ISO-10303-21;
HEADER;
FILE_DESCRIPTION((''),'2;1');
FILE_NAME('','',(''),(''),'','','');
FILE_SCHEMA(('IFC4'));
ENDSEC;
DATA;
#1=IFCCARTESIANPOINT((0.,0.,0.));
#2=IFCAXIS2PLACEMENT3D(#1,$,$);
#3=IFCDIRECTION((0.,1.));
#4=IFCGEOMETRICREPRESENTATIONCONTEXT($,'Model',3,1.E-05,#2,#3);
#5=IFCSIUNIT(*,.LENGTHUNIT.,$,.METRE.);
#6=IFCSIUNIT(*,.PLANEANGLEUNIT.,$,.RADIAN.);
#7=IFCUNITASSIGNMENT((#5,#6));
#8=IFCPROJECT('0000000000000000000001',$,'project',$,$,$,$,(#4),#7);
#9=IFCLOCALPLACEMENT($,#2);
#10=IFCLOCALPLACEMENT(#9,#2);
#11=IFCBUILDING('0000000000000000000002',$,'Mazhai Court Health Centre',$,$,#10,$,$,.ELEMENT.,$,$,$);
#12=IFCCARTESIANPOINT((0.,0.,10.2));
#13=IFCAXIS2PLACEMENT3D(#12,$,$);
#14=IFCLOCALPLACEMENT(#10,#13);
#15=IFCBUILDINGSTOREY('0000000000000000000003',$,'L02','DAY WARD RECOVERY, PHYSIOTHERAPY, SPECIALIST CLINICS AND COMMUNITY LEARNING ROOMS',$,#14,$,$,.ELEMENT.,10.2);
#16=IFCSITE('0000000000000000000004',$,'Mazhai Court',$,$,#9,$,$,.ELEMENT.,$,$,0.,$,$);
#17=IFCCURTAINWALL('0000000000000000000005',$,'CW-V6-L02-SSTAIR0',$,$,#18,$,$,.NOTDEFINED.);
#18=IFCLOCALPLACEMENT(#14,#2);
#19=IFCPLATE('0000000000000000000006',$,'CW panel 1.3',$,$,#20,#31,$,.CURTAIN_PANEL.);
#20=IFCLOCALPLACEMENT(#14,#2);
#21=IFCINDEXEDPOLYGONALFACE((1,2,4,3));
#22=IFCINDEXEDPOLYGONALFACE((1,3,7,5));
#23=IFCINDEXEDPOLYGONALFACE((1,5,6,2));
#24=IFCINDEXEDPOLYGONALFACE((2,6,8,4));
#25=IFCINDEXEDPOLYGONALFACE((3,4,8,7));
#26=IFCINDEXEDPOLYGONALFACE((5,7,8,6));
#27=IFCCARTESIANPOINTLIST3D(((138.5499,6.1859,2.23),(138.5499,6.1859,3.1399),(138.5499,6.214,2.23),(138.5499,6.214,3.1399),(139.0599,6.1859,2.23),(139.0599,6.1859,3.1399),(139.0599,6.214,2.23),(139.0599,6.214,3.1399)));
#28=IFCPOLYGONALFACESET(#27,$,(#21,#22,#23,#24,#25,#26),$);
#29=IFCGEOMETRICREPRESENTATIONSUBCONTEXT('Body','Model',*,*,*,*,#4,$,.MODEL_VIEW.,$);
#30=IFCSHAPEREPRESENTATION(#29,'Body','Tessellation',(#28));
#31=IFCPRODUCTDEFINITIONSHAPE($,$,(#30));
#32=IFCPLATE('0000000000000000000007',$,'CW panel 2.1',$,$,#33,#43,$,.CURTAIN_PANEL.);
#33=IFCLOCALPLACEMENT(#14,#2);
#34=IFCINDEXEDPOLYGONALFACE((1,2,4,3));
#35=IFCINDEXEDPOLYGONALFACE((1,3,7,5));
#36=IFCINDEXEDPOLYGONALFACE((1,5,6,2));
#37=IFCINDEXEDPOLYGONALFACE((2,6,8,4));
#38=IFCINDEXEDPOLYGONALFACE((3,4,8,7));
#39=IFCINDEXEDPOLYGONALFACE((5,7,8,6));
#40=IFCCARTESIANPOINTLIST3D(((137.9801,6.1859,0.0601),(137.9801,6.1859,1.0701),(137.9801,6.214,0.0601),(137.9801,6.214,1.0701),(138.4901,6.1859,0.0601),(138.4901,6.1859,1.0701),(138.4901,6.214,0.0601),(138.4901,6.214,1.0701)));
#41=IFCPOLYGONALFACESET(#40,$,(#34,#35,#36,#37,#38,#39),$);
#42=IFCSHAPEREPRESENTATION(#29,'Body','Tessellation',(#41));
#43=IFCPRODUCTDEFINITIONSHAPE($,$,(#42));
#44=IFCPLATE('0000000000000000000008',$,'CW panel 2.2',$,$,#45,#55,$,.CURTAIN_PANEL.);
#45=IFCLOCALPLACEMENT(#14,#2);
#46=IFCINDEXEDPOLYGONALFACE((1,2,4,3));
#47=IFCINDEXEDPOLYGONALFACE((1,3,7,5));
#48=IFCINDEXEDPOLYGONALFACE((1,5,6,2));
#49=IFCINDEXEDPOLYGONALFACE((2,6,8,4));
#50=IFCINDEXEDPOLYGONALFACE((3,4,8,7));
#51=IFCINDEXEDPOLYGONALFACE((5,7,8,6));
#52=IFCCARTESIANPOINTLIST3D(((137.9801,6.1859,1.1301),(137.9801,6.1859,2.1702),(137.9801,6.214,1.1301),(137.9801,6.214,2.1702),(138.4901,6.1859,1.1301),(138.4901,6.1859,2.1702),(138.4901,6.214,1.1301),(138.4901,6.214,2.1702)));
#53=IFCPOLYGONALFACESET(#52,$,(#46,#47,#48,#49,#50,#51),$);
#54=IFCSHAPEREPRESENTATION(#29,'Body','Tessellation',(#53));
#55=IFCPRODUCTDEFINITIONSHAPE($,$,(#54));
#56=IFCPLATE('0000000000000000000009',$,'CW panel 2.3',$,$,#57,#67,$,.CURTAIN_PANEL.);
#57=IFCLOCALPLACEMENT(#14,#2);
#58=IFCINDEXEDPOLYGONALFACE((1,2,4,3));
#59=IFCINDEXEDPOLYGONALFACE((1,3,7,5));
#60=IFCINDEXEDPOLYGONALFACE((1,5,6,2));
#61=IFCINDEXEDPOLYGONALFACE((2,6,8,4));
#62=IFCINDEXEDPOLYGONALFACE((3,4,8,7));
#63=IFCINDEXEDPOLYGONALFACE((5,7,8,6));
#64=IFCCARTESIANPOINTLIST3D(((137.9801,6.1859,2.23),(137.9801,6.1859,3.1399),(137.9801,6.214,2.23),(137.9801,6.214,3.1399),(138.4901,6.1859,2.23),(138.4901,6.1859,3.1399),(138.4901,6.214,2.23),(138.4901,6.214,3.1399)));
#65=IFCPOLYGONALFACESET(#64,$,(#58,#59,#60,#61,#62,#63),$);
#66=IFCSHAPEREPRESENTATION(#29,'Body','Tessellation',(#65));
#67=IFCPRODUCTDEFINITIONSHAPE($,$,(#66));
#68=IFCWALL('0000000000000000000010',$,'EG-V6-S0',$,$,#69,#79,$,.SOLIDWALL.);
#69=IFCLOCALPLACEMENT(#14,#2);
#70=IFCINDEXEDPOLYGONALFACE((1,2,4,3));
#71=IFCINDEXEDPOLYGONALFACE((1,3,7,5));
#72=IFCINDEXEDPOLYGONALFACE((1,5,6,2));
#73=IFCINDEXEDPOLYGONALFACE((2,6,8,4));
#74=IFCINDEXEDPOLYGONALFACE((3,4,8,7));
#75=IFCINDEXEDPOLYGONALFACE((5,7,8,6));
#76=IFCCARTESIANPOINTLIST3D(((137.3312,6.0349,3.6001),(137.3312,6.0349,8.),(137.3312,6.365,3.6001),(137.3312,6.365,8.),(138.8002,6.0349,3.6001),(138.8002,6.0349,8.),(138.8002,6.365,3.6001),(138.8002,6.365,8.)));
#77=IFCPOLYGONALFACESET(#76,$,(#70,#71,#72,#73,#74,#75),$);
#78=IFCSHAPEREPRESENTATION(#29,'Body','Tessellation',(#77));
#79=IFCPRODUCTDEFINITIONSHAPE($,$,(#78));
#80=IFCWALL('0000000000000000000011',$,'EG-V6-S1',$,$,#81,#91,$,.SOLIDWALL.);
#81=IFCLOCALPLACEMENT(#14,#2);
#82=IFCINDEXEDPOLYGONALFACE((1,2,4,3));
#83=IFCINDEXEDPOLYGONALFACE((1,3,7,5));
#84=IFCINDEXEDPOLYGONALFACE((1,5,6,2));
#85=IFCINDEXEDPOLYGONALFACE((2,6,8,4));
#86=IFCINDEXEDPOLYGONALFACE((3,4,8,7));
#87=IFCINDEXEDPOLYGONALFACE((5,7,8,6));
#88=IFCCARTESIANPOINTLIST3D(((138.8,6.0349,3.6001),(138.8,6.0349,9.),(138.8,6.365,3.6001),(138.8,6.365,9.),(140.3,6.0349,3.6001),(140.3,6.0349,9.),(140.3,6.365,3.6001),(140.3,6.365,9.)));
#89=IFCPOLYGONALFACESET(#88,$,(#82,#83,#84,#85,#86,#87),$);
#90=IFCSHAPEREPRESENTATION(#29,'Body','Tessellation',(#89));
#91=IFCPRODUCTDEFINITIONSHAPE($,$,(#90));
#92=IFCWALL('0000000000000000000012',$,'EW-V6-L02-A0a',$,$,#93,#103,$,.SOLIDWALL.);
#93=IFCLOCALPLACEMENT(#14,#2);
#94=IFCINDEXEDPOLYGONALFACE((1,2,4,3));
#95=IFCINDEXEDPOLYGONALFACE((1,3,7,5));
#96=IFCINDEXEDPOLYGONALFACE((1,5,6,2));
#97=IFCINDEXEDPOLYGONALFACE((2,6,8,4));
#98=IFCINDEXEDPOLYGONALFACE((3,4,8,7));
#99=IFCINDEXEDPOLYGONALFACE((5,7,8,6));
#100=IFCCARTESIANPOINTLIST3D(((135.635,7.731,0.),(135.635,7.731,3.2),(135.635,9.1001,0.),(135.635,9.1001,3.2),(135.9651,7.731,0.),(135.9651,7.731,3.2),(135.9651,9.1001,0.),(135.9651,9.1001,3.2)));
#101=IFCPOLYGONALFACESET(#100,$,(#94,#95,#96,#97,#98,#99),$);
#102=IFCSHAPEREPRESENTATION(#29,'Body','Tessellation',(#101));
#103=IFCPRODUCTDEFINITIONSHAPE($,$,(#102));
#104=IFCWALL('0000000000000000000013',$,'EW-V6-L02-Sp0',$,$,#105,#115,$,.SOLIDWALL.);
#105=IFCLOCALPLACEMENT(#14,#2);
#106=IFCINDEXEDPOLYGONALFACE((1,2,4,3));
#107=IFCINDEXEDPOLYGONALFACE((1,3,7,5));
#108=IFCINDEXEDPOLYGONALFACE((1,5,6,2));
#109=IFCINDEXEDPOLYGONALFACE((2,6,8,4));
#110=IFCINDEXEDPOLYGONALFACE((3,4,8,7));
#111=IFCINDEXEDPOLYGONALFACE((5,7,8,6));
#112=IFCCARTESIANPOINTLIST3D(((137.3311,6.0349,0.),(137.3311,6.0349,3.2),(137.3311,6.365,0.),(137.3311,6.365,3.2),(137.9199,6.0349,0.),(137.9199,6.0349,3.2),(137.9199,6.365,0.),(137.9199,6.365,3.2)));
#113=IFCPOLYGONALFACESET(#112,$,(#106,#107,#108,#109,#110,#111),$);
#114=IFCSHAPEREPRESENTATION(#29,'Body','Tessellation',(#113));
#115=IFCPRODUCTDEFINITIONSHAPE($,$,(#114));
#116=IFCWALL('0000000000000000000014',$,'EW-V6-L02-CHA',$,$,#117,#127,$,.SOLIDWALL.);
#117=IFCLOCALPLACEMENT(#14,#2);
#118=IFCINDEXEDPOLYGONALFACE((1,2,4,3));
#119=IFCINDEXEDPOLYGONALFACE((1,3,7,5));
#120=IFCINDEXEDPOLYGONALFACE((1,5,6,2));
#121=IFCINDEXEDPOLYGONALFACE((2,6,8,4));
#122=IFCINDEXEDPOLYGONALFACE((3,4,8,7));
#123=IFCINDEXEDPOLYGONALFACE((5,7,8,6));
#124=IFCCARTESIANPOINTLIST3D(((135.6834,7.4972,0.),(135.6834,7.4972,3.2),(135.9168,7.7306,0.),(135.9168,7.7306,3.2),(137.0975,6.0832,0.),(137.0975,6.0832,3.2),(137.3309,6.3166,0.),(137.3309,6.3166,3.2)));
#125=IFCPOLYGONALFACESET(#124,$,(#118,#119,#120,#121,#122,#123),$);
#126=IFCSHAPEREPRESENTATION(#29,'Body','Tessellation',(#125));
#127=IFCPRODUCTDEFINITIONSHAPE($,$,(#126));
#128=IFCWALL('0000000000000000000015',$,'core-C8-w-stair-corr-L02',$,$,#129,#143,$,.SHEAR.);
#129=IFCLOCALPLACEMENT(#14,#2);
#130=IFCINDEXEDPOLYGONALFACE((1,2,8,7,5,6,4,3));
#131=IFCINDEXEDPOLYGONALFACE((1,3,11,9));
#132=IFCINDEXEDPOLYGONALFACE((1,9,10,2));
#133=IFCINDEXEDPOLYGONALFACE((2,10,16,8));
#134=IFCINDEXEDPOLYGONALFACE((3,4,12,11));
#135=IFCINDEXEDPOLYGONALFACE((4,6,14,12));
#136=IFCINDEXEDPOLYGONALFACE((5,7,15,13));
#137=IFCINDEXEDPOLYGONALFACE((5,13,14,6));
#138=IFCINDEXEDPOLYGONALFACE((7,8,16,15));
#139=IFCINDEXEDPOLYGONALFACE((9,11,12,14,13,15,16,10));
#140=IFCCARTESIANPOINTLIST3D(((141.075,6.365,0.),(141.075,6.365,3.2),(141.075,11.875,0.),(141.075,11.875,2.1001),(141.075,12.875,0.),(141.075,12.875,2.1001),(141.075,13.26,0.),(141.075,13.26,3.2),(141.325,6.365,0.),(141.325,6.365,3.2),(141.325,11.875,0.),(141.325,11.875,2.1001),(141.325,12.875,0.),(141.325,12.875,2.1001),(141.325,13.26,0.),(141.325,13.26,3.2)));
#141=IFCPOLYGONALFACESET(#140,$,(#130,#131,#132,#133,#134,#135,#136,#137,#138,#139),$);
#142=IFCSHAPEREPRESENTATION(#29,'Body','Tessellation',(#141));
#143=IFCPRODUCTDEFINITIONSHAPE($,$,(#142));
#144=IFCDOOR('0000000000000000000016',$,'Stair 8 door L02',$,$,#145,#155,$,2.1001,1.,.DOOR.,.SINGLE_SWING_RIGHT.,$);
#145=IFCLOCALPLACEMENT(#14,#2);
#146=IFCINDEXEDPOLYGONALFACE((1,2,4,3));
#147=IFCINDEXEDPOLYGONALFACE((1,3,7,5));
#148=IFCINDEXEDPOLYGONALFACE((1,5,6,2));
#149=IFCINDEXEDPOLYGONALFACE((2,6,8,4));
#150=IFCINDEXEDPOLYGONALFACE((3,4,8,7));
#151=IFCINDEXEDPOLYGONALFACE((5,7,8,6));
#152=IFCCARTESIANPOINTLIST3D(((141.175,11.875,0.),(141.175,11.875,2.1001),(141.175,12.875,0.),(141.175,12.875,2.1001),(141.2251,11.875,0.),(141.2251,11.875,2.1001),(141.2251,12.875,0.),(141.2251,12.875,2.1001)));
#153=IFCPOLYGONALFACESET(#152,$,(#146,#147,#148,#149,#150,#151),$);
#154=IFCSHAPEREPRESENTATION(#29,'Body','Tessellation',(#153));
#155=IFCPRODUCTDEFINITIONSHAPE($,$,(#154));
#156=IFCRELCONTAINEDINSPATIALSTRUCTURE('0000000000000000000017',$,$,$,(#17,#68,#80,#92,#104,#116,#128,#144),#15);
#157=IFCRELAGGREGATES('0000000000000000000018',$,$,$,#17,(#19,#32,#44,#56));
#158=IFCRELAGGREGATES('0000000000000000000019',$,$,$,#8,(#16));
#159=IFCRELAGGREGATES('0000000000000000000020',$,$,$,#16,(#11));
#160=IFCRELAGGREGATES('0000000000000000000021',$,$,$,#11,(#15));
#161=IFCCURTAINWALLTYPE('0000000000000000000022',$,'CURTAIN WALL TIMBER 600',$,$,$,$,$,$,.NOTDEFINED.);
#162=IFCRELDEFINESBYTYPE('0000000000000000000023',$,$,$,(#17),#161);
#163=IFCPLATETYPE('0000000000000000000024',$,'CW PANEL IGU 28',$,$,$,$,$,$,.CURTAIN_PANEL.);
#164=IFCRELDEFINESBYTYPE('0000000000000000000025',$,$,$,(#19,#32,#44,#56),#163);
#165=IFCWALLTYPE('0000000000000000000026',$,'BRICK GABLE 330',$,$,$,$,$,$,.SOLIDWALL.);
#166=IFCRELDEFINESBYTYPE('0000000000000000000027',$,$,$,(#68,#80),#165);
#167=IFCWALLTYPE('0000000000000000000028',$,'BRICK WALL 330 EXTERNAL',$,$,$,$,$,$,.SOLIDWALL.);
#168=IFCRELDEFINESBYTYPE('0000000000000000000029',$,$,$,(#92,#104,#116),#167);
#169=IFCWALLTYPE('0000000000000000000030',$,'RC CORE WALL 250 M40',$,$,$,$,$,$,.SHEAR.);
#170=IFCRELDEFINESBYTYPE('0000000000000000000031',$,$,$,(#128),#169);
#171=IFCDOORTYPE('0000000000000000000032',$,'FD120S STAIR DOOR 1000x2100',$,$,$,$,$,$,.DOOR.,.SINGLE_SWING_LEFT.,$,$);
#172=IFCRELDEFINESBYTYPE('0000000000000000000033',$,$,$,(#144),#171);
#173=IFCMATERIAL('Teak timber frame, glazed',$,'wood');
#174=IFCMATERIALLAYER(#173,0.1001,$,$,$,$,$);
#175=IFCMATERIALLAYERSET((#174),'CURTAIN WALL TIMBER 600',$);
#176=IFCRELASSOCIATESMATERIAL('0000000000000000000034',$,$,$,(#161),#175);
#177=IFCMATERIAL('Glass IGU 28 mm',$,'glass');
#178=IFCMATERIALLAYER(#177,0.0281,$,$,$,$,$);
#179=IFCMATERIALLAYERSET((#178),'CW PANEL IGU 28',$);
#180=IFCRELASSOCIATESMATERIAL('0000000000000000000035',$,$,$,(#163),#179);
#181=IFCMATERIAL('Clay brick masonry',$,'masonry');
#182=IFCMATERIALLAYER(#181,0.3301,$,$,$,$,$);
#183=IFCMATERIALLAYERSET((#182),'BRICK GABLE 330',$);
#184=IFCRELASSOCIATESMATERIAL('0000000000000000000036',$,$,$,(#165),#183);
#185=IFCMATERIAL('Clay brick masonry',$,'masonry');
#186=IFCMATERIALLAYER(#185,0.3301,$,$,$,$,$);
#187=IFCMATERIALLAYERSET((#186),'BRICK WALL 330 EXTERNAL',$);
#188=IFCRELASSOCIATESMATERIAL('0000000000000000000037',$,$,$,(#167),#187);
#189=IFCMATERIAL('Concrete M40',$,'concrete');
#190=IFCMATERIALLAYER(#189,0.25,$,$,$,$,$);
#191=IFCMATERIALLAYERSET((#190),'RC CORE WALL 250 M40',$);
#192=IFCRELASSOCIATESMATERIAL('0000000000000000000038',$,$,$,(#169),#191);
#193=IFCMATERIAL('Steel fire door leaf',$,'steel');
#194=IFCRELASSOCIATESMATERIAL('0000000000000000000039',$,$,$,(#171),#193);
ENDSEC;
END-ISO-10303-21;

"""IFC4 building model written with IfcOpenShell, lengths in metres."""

from ifc_helpers import new_model, si_unit, direction, frame, frame_2d, origin, origin_2d, place, context, subcontext, project, spatial, rectangle, extrude, material, layer, layer_set, type_object, element, fill, aggregate, save


model = new_model("IFC4")

# Units and contexts
model_context = context("Model", 3, precision=1e-05, world=origin(), true_north=direction((0.0, 1.0)))
body_context = subcontext(model_context, "Body", "Model", "MODEL_VIEW")
ifc_project = project(units=[si_unit("LENGTHUNIT", "METRE"), si_unit("PLANEANGLEUNIT", "RADIAN")], contexts=[model_context])

# Site, building, storey
site_placement = place(None, origin())
site = spatial("IfcSite", under=ifc_project, at=site_placement, Name="Mazhai Court", CompositionType="ELEMENT", RefElevation=0.0)
building_placement = place(site_placement, origin())
building = spatial("IfcBuilding", under=site, at=building_placement, Name="Mazhai Court Health Centre", CompositionType="ELEMENT")
storey_placement = place(building_placement, frame((0.0, 0.0, 10.2)))
storey = spatial("IfcBuildingStorey", under=building, at=storey_placement, Name="L02", Description="DAY WARD RECOVERY, PHYSIOTHERAPY, SPECIALIST CLINICS AND COMMUNITY LEARNING ROOMS", CompositionType="ELEMENT", Elevation=10.2)

# Shared definitions
ifc_material_1 = material(Name="Teak timber frame, glazed", Category="wood")
ifc_layer_1 = layer(ifc_material_1, 0.1001)
ifc_layer_set_1 = layer_set([ifc_layer_1], Name="CURTAIN WALL TIMBER 600")
curtain_wall_type = type_object("IfcCurtainWallType", Name="CURTAIN WALL TIMBER 600", PredefinedType="NOTDEFINED", material=ifc_layer_set_1)

# Curtain wall, plates
curtain_wall_1_placement = place(storey_placement, origin())
curtain_wall_1 = element("IfcCurtainWall", 1, at=curtain_wall_1_placement, inside=storey, type_object=curtain_wall_type, Name="CW-V6-L02-SSTAIR0", PredefinedType="NOTDEFINED")
ifc_material_2 = material(Name="Glass IGU 28 mm", Category="glass")
ifc_layer_2 = layer(ifc_material_2, 0.0281)
ifc_layer_set_2 = layer_set([ifc_layer_2], Name="CW PANEL IGU 28")
plate_type = type_object("IfcPlateType", Name="CW PANEL IGU 28", PredefinedType="CURTAIN_PANEL", material=ifc_layer_set_2)
plate_1_placement = place(storey_placement, frame((138.8049, 6.2, 2.23), z_axis=(0.0, 0.0, 1.0), x_axis=(-1.0, 0.0, 0.0)))
plate_1 = element("IfcPlate", 2, at=plate_1_placement, type_object=plate_type, Name="CW panel 1.3", PredefinedType="CURTAIN_PANEL", context=body_context, shape_type="SweptSolid", body=[
    extrude(rectangle(XDim=0.51, YDim=0.0281, at=origin_2d()), origin(), (0.0, 0.0, 1.0), 0.9099),
])
plate_2_placement = place(storey_placement, frame((138.2351, 6.2, 0.0601), z_axis=(0.0, 0.0, 1.0), x_axis=(-1.0, 0.0, 0.0)))
plate_2 = element("IfcPlate", 3, at=plate_2_placement, type_object=plate_type, Name="CW panel 2.1", PredefinedType="CURTAIN_PANEL", context=body_context, shape_type="SweptSolid", body=[
    extrude(rectangle(XDim=0.51, YDim=0.0281, at=origin_2d()), origin(), (0.0, 0.0, 1.0), 1.01),
])
plate_3_placement = place(storey_placement, frame((138.2351, 6.2, 1.1301), z_axis=(0.0, 0.0, 1.0), x_axis=(-1.0, 0.0, 0.0)))
plate_3 = element("IfcPlate", 4, at=plate_3_placement, type_object=plate_type, Name="CW panel 2.2", PredefinedType="CURTAIN_PANEL", context=body_context, shape_type="SweptSolid", body=[
    extrude(rectangle(XDim=0.51, YDim=0.0281, at=origin_2d()), origin(), (0.0, 0.0, 1.0), 1.04),
])
plate_4_placement = place(storey_placement, frame((138.2351, 6.2, 2.23), z_axis=(0.0, 0.0, 1.0), x_axis=(-1.0, 0.0, 0.0)))
plate_4 = element("IfcPlate", 5, at=plate_4_placement, type_object=plate_type, Name="CW panel 2.3", PredefinedType="CURTAIN_PANEL", context=body_context, shape_type="SweptSolid", body=[
    extrude(rectangle(XDim=0.51, YDim=0.0281, at=origin_2d()), origin(), (0.0, 0.0, 1.0), 0.9099),
])
aggregate(curtain_wall_1, [plate_1, plate_2, plate_3, plate_4])

# Walls
ifc_material_3 = material(Name="Clay brick masonry", Category="masonry")
ifc_layer_3 = layer(ifc_material_3, 0.3301)
ifc_layer_set_3 = layer_set([ifc_layer_3], Name="BRICK GABLE 330")
wall_type_1 = type_object("IfcWallType", Name="BRICK GABLE 330", PredefinedType="SOLIDWALL", material=ifc_layer_set_3)
wall_1_placement = place(storey_placement, frame((138.8, 6.2, 3.6001), z_axis=(0.0, 0.0, 1.0), x_axis=(-1.0, 0.0, 0.0)))
element("IfcWall", 6, at=wall_1_placement, inside=storey, type_object=wall_type_1, Name="EG-V6-S0", PredefinedType="SOLIDWALL", context=body_context, shape_type="SweptSolid", body=[
    extrude(rectangle(XDim=1.469, YDim=0.3301, at=frame_2d((0.7344, 0.0))), origin(), (0.0, 0.0, 1.0), 4.3999),
])
wall_2_placement = place(storey_placement, frame((140.3, 6.2, 3.6001), z_axis=(0.0, 0.0, 1.0), x_axis=(-1.0, 0.0, 0.0)))
element("IfcWall", 7, at=wall_2_placement, inside=storey, type_object=wall_type_1, Name="EG-V6-S1", PredefinedType="SOLIDWALL", context=body_context, shape_type="SweptSolid", body=[
    extrude(rectangle(XDim=1.5, YDim=0.3301, at=frame_2d((0.75, 0.0))), origin(), (0.0, 0.0, 1.0), 5.3999),
])
ifc_material_4 = material(Name="Clay brick masonry", Category="masonry")
ifc_layer_4 = layer(ifc_material_4, 0.3301)
ifc_layer_set_4 = layer_set([ifc_layer_4], Name="BRICK WALL 330 EXTERNAL")
wall_type_2 = type_object("IfcWallType", Name="BRICK WALL 330 EXTERNAL", PredefinedType="SOLIDWALL", material=ifc_layer_set_4)
wall_3_placement = place(storey_placement, frame((135.8, 7.731, 0.0), z_axis=(0.0, 0.0, 1.0), x_axis=(0.0, 1.0, 0.0)))
element("IfcWall", 8, at=wall_3_placement, inside=storey, type_object=wall_type_2, Name="EW-V6-L02-A0a", PredefinedType="SOLIDWALL", context=body_context, shape_type="SweptSolid", body=[
    extrude(rectangle(XDim=1.3691, YDim=0.3301, at=frame_2d((0.6846, 0.0))), origin(), (0.0, 0.0, 1.0), 3.2),
])
wall_4_placement = place(storey_placement, frame((137.9199, 6.2, 0.0), z_axis=(0.0, 0.0, 1.0), x_axis=(-1.0, 0.0, 0.0)))
element("IfcWall", 9, at=wall_4_placement, inside=storey, type_object=wall_type_2, Name="EW-V6-L02-Sp0", PredefinedType="SOLIDWALL", context=body_context, shape_type="SweptSolid", body=[
    extrude(rectangle(XDim=0.5889, YDim=0.3301, at=frame_2d((0.2944, 0.0))), origin(), (0.0, 0.0, 1.0), 3.2),
])
wall_5_placement = place(storey_placement, frame((135.8, 7.614, 0.0), z_axis=(0.0, 0.0, 1.0), x_axis=(0.707107, -0.707107, 0.0)))
element("IfcWall", 10, at=wall_5_placement, inside=storey, type_object=wall_type_2, Name="EW-V6-L02-CHA", PredefinedType="SOLIDWALL", context=body_context, shape_type="SweptSolid", body=[
    extrude(rectangle(XDim=1.9998, YDim=0.3301, at=frame_2d((1.0, 0.0))), origin(), (0.0, 0.0, 1.0), 3.2),
])

# Wall, opening, door
ifc_material_5 = material(Name="Concrete M40", Category="concrete")
ifc_layer_5 = layer(ifc_material_5, 0.25)
ifc_layer_set_5 = layer_set([ifc_layer_5], Name="RC CORE WALL 250 M40")
wall_type_3 = type_object("IfcWallType", Name="RC CORE WALL 250 M40", PredefinedType="SHEAR", material=ifc_layer_set_5)
wall_6_placement = place(storey_placement, frame((141.2, 6.365, 0.0), z_axis=(0.0, 0.0, 1.0), x_axis=(0.0, 1.0, 0.0)))
wall_6 = element("IfcWall", 11, at=wall_6_placement, inside=storey, type_object=wall_type_3, Name="core-C8-w-stair-corr-L02", PredefinedType="SHEAR", context=body_context, shape_type="SweptSolid", body=[
    extrude(rectangle(XDim=6.895, YDim=0.25, at=frame_2d((3.4475, 0.0))), origin(), (0.0, 0.0, 1.0), 3.2),
])
opening_placement = place(wall_6_placement, frame((5.51, 0.0, 0.0)))
opening = element("IfcOpeningElement", 12, at=opening_placement, cuts=wall_6, PredefinedType="OPENING", context=body_context, shape_type="SweptSolid", body=[
    extrude(rectangle(XDim=1.0, YDim=2.1001, at=frame_2d((0.5, 1.05))), frame((0.0, 0.135, 0.0), z_axis=(0.0, -1.0, 0.0), x_axis=(1.0, 0.0, 0.0)), (0.0, 0.0, 1.0), 0.27),
])
ifc_material_6 = material(Name="Steel fire door leaf", Category="steel")
door_type = type_object("IfcDoorType", Name="FD120S STAIR DOOR 1000x2100", OperationType="SINGLE_SWING_LEFT", PredefinedType="DOOR", material=ifc_material_6)
door_placement = place(opening_placement, origin())
door = element("IfcDoor", 13, at=door_placement, inside=storey, type_object=door_type, Name="Stair 8 door L02", OperationType="SINGLE_SWING_RIGHT", OverallHeight=2.1001, OverallWidth=1.0, PredefinedType="DOOR", context=body_context, shape_type="SweptSolid", body=[
    extrude(rectangle(XDim=1.0, YDim=2.1001, at=frame_2d((0.5, 1.05))), frame((0.0, 0.0249, 0.0), z_axis=(0.0, -1.0, 0.0), x_axis=(1.0, 0.0, 0.0)), (0.0, 0.0, 1.0), 0.05),
])
fill(opening, door)

save(model, "model.ifc")
